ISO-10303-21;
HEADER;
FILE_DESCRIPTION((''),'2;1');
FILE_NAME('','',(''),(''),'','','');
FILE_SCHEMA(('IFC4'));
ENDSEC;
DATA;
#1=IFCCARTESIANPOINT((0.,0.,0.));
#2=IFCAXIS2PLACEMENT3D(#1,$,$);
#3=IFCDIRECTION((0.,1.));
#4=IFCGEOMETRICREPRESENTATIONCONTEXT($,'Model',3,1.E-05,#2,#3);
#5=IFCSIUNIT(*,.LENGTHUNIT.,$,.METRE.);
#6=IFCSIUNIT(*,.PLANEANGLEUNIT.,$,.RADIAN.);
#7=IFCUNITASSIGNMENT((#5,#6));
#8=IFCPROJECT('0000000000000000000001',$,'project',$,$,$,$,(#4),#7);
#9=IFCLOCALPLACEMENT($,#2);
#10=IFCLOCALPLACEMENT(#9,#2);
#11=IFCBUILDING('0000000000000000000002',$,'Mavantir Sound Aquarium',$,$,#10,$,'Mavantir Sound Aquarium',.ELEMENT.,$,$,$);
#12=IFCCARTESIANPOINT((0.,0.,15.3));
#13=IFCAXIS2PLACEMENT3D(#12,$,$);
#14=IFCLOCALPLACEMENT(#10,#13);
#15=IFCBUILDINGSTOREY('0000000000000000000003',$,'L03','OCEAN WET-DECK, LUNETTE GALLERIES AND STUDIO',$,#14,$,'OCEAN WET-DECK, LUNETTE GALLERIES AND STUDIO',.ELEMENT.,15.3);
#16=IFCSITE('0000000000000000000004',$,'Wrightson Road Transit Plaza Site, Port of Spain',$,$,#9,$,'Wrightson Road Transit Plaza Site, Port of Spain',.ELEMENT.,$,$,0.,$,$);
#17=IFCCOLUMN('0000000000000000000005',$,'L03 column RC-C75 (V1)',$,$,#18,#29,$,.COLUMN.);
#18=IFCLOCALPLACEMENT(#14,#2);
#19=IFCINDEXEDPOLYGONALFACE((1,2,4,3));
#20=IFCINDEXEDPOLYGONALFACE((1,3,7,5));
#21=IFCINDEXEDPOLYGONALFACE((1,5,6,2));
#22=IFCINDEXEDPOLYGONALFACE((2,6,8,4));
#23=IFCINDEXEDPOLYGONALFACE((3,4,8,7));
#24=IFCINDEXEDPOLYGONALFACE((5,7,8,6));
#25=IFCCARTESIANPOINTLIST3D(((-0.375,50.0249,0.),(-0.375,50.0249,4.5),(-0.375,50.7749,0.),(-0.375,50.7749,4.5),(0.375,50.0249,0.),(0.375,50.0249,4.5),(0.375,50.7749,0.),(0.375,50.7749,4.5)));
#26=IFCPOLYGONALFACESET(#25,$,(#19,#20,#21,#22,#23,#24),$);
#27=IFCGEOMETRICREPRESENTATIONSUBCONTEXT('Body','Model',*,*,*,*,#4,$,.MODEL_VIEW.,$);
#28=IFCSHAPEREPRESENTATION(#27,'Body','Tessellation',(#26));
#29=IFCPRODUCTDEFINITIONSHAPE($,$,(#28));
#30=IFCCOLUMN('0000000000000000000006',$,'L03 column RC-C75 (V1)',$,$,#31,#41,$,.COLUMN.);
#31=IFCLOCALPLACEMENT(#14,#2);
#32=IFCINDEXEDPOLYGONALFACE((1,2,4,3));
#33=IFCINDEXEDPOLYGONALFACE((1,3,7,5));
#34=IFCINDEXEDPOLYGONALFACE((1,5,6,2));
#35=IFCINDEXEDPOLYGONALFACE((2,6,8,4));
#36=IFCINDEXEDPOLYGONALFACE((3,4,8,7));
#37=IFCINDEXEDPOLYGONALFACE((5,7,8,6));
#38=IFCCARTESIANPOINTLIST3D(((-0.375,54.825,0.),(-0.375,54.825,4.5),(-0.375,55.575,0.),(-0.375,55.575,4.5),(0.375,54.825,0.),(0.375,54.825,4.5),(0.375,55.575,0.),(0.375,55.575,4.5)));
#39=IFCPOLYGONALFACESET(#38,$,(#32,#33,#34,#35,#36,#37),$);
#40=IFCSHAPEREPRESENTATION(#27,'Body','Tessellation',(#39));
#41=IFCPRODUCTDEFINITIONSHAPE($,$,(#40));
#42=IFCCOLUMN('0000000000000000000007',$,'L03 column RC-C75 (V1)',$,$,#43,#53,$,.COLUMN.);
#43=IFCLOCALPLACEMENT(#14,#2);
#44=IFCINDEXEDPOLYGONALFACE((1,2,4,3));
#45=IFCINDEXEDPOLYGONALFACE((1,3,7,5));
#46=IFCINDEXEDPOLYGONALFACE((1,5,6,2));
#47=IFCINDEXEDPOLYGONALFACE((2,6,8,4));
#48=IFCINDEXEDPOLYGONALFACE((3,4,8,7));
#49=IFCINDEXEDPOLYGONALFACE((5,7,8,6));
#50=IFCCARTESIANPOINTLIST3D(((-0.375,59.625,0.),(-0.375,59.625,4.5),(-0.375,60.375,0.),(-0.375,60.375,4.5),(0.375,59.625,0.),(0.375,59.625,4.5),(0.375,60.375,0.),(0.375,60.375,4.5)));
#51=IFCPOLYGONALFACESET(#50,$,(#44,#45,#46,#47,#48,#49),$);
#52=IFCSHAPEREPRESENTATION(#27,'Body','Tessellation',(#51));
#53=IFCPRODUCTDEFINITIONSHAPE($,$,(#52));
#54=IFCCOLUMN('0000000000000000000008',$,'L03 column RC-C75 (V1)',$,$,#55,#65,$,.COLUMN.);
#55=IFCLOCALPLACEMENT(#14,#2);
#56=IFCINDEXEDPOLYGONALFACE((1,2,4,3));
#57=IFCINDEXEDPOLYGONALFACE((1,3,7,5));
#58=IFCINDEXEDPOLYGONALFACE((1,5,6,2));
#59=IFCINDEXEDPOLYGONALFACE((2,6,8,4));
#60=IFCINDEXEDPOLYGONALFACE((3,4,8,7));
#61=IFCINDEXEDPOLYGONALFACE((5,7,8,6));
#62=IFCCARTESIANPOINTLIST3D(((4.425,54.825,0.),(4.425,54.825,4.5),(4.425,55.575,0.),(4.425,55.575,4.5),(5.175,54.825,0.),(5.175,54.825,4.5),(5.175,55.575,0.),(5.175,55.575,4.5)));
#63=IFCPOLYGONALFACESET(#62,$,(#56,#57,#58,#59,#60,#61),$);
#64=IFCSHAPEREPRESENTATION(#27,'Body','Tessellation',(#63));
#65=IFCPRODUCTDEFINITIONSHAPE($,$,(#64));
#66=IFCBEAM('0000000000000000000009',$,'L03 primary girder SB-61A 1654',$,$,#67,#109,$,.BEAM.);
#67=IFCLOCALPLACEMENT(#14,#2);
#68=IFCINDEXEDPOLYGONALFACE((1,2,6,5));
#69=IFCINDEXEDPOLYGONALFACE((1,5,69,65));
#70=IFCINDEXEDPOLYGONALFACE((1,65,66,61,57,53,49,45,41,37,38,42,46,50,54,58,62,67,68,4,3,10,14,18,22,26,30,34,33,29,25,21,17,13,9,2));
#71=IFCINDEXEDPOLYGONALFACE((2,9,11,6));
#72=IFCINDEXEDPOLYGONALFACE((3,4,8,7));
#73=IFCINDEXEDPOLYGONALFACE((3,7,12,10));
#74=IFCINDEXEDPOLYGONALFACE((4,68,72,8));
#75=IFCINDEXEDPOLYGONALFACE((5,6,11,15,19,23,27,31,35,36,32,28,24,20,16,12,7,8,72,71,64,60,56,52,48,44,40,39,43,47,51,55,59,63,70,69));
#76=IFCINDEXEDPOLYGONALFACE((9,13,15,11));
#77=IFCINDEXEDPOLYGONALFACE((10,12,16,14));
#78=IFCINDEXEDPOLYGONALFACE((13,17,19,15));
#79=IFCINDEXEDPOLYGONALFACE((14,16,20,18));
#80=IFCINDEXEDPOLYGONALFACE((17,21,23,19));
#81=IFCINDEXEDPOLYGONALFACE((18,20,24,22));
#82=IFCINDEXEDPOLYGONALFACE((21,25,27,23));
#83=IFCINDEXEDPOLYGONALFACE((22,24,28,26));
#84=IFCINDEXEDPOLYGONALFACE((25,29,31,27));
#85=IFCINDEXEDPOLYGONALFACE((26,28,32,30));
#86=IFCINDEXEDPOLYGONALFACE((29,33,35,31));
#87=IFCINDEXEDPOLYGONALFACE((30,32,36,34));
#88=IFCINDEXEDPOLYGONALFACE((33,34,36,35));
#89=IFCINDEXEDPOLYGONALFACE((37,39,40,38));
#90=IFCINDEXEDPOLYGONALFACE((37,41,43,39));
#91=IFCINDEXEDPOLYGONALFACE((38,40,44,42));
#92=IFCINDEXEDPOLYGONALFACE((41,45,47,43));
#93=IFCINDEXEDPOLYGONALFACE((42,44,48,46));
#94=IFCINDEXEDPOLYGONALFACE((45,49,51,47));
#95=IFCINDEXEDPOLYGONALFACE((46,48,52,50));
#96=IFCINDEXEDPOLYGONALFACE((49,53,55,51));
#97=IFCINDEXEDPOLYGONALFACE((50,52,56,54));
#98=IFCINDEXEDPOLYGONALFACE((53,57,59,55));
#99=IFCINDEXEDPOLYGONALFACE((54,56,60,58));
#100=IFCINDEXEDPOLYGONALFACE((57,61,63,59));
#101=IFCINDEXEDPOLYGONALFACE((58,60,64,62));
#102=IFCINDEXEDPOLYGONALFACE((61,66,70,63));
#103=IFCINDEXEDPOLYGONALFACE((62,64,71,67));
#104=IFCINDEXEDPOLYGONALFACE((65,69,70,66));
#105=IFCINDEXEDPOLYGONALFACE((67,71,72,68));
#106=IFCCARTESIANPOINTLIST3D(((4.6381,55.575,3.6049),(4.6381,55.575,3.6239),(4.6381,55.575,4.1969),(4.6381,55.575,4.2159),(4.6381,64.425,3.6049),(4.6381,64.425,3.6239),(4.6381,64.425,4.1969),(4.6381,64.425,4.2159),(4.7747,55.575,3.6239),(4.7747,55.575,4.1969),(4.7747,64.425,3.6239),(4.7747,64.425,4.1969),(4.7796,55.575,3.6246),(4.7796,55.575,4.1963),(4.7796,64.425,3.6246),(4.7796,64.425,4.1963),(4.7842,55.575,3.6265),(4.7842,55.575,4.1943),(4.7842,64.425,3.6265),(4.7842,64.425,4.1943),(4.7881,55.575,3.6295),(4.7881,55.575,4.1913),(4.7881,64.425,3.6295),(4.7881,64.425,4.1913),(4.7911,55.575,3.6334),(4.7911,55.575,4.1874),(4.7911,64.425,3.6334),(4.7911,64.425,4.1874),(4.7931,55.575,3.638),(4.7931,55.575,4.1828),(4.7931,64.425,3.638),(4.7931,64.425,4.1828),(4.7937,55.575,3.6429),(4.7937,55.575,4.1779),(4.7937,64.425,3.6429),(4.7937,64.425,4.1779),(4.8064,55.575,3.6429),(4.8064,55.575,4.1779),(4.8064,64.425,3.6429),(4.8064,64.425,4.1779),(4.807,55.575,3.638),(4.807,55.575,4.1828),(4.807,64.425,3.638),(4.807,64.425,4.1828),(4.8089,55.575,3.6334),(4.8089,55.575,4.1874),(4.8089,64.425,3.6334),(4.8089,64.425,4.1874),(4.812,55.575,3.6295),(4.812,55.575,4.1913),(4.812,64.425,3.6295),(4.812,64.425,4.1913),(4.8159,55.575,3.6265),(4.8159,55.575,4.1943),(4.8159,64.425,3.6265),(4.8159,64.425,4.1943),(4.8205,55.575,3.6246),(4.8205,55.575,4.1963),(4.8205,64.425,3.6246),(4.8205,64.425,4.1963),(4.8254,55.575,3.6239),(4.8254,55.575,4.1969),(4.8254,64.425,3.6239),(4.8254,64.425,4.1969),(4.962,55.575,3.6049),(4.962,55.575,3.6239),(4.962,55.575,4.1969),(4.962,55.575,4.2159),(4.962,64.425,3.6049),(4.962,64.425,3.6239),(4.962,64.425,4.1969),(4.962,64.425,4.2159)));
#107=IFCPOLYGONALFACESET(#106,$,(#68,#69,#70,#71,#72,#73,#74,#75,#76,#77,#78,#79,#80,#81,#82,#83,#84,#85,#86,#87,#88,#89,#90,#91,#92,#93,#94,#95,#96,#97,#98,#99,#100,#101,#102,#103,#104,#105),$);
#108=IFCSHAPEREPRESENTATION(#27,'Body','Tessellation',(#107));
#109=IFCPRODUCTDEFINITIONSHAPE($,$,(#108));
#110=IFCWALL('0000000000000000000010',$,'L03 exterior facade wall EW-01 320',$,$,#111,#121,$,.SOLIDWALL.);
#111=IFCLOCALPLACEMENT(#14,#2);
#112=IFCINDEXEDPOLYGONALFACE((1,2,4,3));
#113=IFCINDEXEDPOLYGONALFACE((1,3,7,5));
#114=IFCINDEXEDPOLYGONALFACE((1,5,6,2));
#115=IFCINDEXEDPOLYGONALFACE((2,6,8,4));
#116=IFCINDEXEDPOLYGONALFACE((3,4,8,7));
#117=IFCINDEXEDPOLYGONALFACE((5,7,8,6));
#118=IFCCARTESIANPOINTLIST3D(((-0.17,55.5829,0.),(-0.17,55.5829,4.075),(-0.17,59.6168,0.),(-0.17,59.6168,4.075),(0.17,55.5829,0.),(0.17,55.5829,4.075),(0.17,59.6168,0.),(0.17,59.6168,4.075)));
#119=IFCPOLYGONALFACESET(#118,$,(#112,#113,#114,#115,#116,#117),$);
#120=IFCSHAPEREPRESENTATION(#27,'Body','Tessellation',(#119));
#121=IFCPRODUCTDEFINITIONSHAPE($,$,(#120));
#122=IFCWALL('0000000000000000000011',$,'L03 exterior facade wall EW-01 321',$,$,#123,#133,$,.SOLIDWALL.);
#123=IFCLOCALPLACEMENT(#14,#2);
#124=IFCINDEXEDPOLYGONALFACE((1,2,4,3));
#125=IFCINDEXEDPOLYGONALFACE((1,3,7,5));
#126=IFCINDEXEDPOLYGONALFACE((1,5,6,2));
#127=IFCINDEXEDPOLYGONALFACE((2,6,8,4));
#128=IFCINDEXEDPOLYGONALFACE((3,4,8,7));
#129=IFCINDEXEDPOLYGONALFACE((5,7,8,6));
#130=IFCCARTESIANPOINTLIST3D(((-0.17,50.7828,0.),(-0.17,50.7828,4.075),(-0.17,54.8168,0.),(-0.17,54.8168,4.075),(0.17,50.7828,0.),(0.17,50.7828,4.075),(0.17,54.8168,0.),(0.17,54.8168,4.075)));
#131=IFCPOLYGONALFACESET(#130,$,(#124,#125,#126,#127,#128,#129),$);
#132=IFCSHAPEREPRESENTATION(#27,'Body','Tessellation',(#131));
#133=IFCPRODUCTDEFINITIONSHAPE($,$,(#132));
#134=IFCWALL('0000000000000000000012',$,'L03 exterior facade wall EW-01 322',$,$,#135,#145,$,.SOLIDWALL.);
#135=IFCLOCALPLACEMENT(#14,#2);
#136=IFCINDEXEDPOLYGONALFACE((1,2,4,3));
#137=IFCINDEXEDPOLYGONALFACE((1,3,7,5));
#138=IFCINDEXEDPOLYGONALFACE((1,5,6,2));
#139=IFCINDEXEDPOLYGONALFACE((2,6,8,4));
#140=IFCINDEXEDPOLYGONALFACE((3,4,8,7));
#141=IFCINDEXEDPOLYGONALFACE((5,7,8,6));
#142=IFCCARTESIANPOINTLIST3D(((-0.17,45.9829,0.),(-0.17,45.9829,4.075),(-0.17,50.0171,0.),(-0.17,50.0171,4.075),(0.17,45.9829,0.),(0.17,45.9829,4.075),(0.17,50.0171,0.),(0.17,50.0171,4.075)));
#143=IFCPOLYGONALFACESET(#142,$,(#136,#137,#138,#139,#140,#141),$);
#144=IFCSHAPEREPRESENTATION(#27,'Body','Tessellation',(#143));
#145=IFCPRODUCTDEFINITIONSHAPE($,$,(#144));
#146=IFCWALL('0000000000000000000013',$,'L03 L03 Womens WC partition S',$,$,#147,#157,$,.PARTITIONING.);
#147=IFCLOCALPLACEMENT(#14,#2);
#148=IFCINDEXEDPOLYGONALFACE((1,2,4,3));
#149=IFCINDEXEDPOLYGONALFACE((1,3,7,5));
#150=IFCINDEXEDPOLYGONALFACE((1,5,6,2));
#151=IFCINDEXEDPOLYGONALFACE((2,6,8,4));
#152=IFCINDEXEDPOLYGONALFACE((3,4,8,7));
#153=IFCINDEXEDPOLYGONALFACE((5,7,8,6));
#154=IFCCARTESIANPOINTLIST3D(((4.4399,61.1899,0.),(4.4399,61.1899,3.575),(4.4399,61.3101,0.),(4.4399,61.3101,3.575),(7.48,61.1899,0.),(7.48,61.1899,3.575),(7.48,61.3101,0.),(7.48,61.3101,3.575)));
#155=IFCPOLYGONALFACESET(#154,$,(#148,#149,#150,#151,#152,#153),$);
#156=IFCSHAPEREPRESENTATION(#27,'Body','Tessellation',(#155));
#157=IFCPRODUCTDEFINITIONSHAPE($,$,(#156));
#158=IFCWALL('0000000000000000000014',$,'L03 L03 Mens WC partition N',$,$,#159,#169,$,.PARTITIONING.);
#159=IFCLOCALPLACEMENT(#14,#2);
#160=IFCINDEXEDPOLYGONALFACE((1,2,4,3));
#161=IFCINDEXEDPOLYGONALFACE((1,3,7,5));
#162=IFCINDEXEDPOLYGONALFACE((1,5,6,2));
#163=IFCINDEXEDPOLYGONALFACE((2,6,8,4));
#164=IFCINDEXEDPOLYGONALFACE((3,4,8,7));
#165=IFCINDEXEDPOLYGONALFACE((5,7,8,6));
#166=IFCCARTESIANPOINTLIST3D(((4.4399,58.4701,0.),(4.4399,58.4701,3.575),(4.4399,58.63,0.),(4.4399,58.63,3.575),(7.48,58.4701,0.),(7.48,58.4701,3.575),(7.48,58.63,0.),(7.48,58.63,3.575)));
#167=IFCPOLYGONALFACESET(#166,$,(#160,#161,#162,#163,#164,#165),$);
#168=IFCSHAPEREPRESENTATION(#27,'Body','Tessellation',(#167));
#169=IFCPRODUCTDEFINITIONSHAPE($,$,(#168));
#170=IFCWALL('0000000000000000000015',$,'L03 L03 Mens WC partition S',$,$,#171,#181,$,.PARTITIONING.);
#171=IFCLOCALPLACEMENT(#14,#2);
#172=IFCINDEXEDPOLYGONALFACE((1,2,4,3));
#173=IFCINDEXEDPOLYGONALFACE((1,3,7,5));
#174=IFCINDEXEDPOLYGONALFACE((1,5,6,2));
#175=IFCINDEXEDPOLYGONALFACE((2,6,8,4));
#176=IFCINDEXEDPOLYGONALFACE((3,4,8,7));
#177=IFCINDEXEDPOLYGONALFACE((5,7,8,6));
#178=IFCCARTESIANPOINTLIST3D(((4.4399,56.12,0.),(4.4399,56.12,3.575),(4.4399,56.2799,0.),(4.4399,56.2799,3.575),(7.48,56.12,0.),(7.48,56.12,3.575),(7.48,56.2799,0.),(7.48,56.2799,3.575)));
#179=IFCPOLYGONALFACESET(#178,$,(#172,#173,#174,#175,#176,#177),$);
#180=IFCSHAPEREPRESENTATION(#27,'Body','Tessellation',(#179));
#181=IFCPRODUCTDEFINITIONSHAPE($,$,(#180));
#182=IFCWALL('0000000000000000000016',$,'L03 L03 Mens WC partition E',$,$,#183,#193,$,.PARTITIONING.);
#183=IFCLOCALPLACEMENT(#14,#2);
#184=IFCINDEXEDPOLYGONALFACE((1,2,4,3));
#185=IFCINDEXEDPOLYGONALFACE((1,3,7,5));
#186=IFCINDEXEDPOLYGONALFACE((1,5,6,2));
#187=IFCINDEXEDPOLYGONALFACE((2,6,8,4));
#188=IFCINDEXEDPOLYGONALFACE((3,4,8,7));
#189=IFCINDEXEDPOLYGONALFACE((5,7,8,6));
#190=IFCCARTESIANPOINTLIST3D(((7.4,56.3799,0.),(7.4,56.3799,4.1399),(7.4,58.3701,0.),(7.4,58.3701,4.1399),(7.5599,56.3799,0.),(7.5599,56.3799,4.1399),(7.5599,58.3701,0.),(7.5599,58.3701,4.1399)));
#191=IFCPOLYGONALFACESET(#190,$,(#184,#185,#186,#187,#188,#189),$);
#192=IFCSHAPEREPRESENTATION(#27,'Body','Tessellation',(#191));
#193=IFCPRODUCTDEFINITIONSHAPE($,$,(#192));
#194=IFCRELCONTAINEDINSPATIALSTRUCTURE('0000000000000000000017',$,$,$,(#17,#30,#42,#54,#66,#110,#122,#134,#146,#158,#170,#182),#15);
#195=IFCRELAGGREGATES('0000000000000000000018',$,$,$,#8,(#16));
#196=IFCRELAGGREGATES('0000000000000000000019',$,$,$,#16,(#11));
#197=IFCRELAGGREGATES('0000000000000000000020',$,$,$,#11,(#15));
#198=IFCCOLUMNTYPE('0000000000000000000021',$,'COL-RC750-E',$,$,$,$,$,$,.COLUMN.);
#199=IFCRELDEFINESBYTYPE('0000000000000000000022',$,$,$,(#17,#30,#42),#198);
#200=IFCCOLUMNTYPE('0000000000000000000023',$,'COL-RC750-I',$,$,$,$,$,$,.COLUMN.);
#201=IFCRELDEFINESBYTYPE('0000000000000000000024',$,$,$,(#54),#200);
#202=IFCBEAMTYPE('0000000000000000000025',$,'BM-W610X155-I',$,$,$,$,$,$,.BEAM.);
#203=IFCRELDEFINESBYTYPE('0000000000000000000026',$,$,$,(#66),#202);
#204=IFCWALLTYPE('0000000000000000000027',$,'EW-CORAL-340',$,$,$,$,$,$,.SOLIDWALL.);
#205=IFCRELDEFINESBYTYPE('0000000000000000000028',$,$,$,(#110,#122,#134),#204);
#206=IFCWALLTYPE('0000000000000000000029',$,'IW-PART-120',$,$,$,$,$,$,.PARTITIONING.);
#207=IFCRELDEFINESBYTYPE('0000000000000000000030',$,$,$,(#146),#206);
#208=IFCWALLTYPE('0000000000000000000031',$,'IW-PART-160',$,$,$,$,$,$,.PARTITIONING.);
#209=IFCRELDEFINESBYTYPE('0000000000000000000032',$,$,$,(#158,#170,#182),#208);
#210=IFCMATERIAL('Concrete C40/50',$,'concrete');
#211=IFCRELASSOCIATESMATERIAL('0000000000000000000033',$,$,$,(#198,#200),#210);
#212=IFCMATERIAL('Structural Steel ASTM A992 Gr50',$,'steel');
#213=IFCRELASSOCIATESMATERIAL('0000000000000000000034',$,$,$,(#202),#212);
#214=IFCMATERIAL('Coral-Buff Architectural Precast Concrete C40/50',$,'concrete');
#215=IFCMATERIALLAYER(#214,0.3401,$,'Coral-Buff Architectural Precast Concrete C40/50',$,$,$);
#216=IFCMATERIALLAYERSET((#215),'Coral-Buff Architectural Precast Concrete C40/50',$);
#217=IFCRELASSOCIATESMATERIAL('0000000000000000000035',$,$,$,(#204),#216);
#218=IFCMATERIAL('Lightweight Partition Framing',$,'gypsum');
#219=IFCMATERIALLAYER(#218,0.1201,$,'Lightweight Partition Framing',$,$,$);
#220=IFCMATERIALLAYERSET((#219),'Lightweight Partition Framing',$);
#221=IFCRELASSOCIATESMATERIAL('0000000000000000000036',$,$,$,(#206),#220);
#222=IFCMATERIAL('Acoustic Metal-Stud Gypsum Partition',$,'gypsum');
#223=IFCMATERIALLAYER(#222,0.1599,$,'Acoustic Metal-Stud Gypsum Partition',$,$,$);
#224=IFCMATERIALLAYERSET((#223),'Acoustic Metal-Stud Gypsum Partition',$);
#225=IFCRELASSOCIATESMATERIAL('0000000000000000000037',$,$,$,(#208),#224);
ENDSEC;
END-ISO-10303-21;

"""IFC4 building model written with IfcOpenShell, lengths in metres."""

from ifc_helpers import new_model, si_unit, direction, frame, frame_2d, origin, origin_2d, place, context, subcontext, project, spatial, rectangle, i_section, extrude, material, layer, layer_set, material_profile, profile_set, type_object, element, save


model = new_model("IFC4")

# Units and contexts
model_context = context("Model", 3, precision=1e-05, world=origin(), true_north=direction((0.0, 1.0)))
body_context = subcontext(model_context, "Body", "Model", "MODEL_VIEW")
ifc_project = project(units=[si_unit("LENGTHUNIT", "METRE"), si_unit("PLANEANGLEUNIT", "RADIAN")], contexts=[model_context])

# Site, building, storey
site_placement = place(None, origin())
site = spatial("IfcSite", under=ifc_project, at=site_placement, Name="Wrightson Road Transit Plaza Site, Port of Spain", LongName="Wrightson Road Transit Plaza Site, Port of Spain", CompositionType="ELEMENT", RefElevation=0.0)
building_placement = place(site_placement, origin())
building = spatial("IfcBuilding", under=site, at=building_placement, Name="Mavantir Sound Aquarium", LongName="Mavantir Sound Aquarium", CompositionType="ELEMENT")
storey_placement = place(building_placement, frame((0.0, 0.0, 15.3)))
storey = spatial("IfcBuildingStorey", under=building, at=storey_placement, Name="L03", Description="OCEAN WET-DECK, LUNETTE GALLERIES AND STUDIO", LongName="OCEAN WET-DECK, LUNETTE GALLERIES AND STUDIO", CompositionType="ELEMENT", Elevation=15.3)

# Columns
ifc_material_1 = material(Name="Concrete C40/50", Category="concrete")
ifc_material_profile_1 = material_profile(ifc_material_1, rectangle(XDim=0.75, YDim=0.75, at=origin_2d()), Name="RC 750X750")
ifc_profile_set_1 = profile_set([ifc_material_profile_1], Name="Concrete C40/50")
column_type_1 = type_object("IfcColumnType", Name="COL-RC750-E", PredefinedType="COLUMN", material=ifc_profile_set_1)
for number, where, z_axis, x_axis, name in (
    (1, (0.0, 50.3999, 0.0), (0.0, 0.0, 1.0), (1.0, 0.0, 0.0), "L03 column RC-C75 (V1)"),
    (2, (0.0, 55.2, 0.0), (0.0, 0.0, 1.0), (1.0, 0.0, 0.0), "L03 column RC-C75 (V1)"),
    (3, (0.0, 60.0, 0.0), (0.0, 0.0, 1.0), (1.0, 0.0, 0.0), "L03 column RC-C75 (V1)"),
):
    element("IfcColumn", number, at=place(storey_placement, frame(where, z_axis=z_axis, x_axis=x_axis)), inside=storey, type_object=column_type_1, Name=name, PredefinedType="COLUMN", context=body_context, shape_type="SweptSolid", body=[
        extrude(rectangle(XDim=0.75, YDim=0.75, at=origin_2d()), origin(), (0.0, 0.0, 1.0), 4.5),
    ])
ifc_material_profile_2 = material_profile(ifc_material_1, rectangle(XDim=0.75, YDim=0.75, at=origin_2d()), Name="RC 750X750")
ifc_profile_set_2 = profile_set([ifc_material_profile_2], Name="Concrete C40/50")
column_type_2 = type_object("IfcColumnType", Name="COL-RC750-I", PredefinedType="COLUMN", material=ifc_profile_set_2)
column_placement = place(storey_placement, frame((4.8, 55.2, 0.0), z_axis=(0.0, 0.0, 1.0), x_axis=(1.0, 0.0, 0.0)))
element("IfcColumn", 4, at=column_placement, inside=storey, type_object=column_type_2, Name="L03 column RC-C75 (V1)", PredefinedType="COLUMN", context=body_context, shape_type="SweptSolid", body=[
    extrude(rectangle(XDim=0.75, YDim=0.75, at=origin_2d()), origin(), (0.0, 0.0, 1.0), 4.5),
])

# Beam
ifc_material_2 = material(Name="Structural Steel ASTM A992 Gr50", Category="steel")
ifc_material_profile_3 = material_profile(ifc_material_2, i_section(OverallWidth=0.324, OverallDepth=0.6111, WebThickness=0.0127, FlangeThickness=0.019, FilletRadius=0.019, at=origin_2d()), Name="W610X155")
ifc_profile_set_3 = profile_set([ifc_material_profile_3], Name="Structural Steel ASTM A992 Gr50")
beam_type = type_object("IfcBeamType", Name="BM-W610X155-I", PredefinedType="BEAM", material=ifc_profile_set_3)
beam_placement = place(storey_placement, frame((4.8, 55.575, 3.9104), z_axis=(0.0, 1.0, 0.0), x_axis=(-1.0, 0.0, 0.0)))
element("IfcBeam", 5, at=beam_placement, inside=storey, type_object=beam_type, Name="L03 primary girder SB-61A 1654", PredefinedType="BEAM", context=body_context, shape_type="SweptSolid", body=[
    extrude(i_section(OverallWidth=0.324, OverallDepth=0.6111, WebThickness=0.0127, FlangeThickness=0.019, FilletRadius=0.019, at=origin_2d()), origin(), (0.0, 0.0, 1.0), 8.8501),
])

# Walls
ifc_material_3 = material(Name="Coral-Buff Architectural Precast Concrete C40/50", Category="concrete")
ifc_layer_1 = layer(ifc_material_3, 0.3401, Name="Coral-Buff Architectural Precast Concrete C40/50")
ifc_layer_set_1 = layer_set([ifc_layer_1], Name="Coral-Buff Architectural Precast Concrete C40/50")
wall_type_1 = type_object("IfcWallType", Name="EW-CORAL-340", PredefinedType="SOLIDWALL", material=ifc_layer_set_1)
for number, where, z_axis, x_axis, name in (
    (6, (0.0, 59.6169, 0.0), (0.0, 0.0, 1.0), (0.0, -1.0, 0.0), "L03 exterior facade wall EW-01 320"),
    (7, (0.0, 54.8169, 0.0), (0.0, 0.0, 1.0), (0.0, -1.0, 0.0), "L03 exterior facade wall EW-01 321"),
):
    element("IfcWall", number, at=place(storey_placement, frame(where, z_axis=z_axis, x_axis=x_axis)), inside=storey, type_object=wall_type_1, Name=name, PredefinedType="SOLIDWALL", context=body_context, shape_type="SweptSolid", body=[
        extrude(rectangle(XDim=4.0339, YDim=0.3401, at=frame_2d((2.0171, 0.0))), origin(), (0.0, 0.0, 1.0), 4.075),
    ])
wall_1_placement = place(storey_placement, frame((0.0, 50.0171, 0.0), z_axis=(0.0, 0.0, 1.0), x_axis=(0.0, -1.0, 0.0)))
element("IfcWall", 8, at=wall_1_placement, inside=storey, type_object=wall_type_1, Name="L03 exterior facade wall EW-01 322", PredefinedType="SOLIDWALL", context=body_context, shape_type="SweptSolid", body=[
    extrude(rectangle(XDim=4.0342, YDim=0.3401, at=frame_2d((2.0171, 0.0))), origin(), (0.0, 0.0, 1.0), 4.075),
])
ifc_material_4 = material(Name="Lightweight Partition Framing", Category="gypsum")
ifc_layer_2 = layer(ifc_material_4, 0.1201, Name="Lightweight Partition Framing")
ifc_layer_set_2 = layer_set([ifc_layer_2], Name="Lightweight Partition Framing")
wall_type_2 = type_object("IfcWallType", Name="IW-PART-120", PredefinedType="PARTITIONING", material=ifc_layer_set_2)
wall_2_placement = place(storey_placement, frame((4.4399, 61.25, 0.0), z_axis=(0.0, 0.0, 1.0), x_axis=(1.0, 0.0, 0.0)))
element("IfcWall", 9, at=wall_2_placement, inside=storey, type_object=wall_type_2, Name="L03 L03 Womens WC partition S", PredefinedType="PARTITIONING", context=body_context, shape_type="SweptSolid", body=[
    extrude(rectangle(XDim=3.04, YDim=0.1201, at=frame_2d((1.52, 0.0))), origin(), (0.0, 0.0, 1.0), 3.575),
])
ifc_material_5 = material(Name="Acoustic Metal-Stud Gypsum Partition", Category="gypsum")
ifc_layer_3 = layer(ifc_material_5, 0.1599, Name="Acoustic Metal-Stud Gypsum Partition")
ifc_layer_set_3 = layer_set([ifc_layer_3], Name="Acoustic Metal-Stud Gypsum Partition")
wall_type_3 = type_object("IfcWallType", Name="IW-PART-160", PredefinedType="PARTITIONING", material=ifc_layer_set_3)
for number, where, z_axis, x_axis, name in (
    (10, (4.4399, 58.55, 0.0), (0.0, 0.0, 1.0), (1.0, 0.0, 0.0), "L03 L03 Mens WC partition N"),
    (11, (4.4399, 56.2, 0.0), (0.0, 0.0, 1.0), (1.0, 0.0, 0.0), "L03 L03 Mens WC partition S"),
):
    element("IfcWall", number, at=place(storey_placement, frame(where, z_axis=z_axis, x_axis=x_axis)), inside=storey, type_object=wall_type_3, Name=name, PredefinedType="PARTITIONING", context=body_context, shape_type="SweptSolid", body=[
        extrude(rectangle(XDim=3.04, YDim=0.1599, at=frame_2d((1.52, 0.0))), origin(), (0.0, 0.0, 1.0), 3.575),
    ])

# Wall
wall_3_placement = place(storey_placement, frame((7.48, 56.3799, 0.0), z_axis=(0.0, 0.0, 1.0), x_axis=(0.0, 1.0, 0.0)))
element("IfcWall", 12, at=wall_3_placement, inside=storey, type_object=wall_type_3, Name="L03 L03 Mens WC partition E", PredefinedType="PARTITIONING", context=body_context, shape_type="SweptSolid", body=[
    extrude(rectangle(XDim=1.9902, YDim=0.1599, at=frame_2d((0.9951, 0.0))), origin(), (0.0, 0.0, 1.0), 4.1399),
])

save(model, "model.ifc")
